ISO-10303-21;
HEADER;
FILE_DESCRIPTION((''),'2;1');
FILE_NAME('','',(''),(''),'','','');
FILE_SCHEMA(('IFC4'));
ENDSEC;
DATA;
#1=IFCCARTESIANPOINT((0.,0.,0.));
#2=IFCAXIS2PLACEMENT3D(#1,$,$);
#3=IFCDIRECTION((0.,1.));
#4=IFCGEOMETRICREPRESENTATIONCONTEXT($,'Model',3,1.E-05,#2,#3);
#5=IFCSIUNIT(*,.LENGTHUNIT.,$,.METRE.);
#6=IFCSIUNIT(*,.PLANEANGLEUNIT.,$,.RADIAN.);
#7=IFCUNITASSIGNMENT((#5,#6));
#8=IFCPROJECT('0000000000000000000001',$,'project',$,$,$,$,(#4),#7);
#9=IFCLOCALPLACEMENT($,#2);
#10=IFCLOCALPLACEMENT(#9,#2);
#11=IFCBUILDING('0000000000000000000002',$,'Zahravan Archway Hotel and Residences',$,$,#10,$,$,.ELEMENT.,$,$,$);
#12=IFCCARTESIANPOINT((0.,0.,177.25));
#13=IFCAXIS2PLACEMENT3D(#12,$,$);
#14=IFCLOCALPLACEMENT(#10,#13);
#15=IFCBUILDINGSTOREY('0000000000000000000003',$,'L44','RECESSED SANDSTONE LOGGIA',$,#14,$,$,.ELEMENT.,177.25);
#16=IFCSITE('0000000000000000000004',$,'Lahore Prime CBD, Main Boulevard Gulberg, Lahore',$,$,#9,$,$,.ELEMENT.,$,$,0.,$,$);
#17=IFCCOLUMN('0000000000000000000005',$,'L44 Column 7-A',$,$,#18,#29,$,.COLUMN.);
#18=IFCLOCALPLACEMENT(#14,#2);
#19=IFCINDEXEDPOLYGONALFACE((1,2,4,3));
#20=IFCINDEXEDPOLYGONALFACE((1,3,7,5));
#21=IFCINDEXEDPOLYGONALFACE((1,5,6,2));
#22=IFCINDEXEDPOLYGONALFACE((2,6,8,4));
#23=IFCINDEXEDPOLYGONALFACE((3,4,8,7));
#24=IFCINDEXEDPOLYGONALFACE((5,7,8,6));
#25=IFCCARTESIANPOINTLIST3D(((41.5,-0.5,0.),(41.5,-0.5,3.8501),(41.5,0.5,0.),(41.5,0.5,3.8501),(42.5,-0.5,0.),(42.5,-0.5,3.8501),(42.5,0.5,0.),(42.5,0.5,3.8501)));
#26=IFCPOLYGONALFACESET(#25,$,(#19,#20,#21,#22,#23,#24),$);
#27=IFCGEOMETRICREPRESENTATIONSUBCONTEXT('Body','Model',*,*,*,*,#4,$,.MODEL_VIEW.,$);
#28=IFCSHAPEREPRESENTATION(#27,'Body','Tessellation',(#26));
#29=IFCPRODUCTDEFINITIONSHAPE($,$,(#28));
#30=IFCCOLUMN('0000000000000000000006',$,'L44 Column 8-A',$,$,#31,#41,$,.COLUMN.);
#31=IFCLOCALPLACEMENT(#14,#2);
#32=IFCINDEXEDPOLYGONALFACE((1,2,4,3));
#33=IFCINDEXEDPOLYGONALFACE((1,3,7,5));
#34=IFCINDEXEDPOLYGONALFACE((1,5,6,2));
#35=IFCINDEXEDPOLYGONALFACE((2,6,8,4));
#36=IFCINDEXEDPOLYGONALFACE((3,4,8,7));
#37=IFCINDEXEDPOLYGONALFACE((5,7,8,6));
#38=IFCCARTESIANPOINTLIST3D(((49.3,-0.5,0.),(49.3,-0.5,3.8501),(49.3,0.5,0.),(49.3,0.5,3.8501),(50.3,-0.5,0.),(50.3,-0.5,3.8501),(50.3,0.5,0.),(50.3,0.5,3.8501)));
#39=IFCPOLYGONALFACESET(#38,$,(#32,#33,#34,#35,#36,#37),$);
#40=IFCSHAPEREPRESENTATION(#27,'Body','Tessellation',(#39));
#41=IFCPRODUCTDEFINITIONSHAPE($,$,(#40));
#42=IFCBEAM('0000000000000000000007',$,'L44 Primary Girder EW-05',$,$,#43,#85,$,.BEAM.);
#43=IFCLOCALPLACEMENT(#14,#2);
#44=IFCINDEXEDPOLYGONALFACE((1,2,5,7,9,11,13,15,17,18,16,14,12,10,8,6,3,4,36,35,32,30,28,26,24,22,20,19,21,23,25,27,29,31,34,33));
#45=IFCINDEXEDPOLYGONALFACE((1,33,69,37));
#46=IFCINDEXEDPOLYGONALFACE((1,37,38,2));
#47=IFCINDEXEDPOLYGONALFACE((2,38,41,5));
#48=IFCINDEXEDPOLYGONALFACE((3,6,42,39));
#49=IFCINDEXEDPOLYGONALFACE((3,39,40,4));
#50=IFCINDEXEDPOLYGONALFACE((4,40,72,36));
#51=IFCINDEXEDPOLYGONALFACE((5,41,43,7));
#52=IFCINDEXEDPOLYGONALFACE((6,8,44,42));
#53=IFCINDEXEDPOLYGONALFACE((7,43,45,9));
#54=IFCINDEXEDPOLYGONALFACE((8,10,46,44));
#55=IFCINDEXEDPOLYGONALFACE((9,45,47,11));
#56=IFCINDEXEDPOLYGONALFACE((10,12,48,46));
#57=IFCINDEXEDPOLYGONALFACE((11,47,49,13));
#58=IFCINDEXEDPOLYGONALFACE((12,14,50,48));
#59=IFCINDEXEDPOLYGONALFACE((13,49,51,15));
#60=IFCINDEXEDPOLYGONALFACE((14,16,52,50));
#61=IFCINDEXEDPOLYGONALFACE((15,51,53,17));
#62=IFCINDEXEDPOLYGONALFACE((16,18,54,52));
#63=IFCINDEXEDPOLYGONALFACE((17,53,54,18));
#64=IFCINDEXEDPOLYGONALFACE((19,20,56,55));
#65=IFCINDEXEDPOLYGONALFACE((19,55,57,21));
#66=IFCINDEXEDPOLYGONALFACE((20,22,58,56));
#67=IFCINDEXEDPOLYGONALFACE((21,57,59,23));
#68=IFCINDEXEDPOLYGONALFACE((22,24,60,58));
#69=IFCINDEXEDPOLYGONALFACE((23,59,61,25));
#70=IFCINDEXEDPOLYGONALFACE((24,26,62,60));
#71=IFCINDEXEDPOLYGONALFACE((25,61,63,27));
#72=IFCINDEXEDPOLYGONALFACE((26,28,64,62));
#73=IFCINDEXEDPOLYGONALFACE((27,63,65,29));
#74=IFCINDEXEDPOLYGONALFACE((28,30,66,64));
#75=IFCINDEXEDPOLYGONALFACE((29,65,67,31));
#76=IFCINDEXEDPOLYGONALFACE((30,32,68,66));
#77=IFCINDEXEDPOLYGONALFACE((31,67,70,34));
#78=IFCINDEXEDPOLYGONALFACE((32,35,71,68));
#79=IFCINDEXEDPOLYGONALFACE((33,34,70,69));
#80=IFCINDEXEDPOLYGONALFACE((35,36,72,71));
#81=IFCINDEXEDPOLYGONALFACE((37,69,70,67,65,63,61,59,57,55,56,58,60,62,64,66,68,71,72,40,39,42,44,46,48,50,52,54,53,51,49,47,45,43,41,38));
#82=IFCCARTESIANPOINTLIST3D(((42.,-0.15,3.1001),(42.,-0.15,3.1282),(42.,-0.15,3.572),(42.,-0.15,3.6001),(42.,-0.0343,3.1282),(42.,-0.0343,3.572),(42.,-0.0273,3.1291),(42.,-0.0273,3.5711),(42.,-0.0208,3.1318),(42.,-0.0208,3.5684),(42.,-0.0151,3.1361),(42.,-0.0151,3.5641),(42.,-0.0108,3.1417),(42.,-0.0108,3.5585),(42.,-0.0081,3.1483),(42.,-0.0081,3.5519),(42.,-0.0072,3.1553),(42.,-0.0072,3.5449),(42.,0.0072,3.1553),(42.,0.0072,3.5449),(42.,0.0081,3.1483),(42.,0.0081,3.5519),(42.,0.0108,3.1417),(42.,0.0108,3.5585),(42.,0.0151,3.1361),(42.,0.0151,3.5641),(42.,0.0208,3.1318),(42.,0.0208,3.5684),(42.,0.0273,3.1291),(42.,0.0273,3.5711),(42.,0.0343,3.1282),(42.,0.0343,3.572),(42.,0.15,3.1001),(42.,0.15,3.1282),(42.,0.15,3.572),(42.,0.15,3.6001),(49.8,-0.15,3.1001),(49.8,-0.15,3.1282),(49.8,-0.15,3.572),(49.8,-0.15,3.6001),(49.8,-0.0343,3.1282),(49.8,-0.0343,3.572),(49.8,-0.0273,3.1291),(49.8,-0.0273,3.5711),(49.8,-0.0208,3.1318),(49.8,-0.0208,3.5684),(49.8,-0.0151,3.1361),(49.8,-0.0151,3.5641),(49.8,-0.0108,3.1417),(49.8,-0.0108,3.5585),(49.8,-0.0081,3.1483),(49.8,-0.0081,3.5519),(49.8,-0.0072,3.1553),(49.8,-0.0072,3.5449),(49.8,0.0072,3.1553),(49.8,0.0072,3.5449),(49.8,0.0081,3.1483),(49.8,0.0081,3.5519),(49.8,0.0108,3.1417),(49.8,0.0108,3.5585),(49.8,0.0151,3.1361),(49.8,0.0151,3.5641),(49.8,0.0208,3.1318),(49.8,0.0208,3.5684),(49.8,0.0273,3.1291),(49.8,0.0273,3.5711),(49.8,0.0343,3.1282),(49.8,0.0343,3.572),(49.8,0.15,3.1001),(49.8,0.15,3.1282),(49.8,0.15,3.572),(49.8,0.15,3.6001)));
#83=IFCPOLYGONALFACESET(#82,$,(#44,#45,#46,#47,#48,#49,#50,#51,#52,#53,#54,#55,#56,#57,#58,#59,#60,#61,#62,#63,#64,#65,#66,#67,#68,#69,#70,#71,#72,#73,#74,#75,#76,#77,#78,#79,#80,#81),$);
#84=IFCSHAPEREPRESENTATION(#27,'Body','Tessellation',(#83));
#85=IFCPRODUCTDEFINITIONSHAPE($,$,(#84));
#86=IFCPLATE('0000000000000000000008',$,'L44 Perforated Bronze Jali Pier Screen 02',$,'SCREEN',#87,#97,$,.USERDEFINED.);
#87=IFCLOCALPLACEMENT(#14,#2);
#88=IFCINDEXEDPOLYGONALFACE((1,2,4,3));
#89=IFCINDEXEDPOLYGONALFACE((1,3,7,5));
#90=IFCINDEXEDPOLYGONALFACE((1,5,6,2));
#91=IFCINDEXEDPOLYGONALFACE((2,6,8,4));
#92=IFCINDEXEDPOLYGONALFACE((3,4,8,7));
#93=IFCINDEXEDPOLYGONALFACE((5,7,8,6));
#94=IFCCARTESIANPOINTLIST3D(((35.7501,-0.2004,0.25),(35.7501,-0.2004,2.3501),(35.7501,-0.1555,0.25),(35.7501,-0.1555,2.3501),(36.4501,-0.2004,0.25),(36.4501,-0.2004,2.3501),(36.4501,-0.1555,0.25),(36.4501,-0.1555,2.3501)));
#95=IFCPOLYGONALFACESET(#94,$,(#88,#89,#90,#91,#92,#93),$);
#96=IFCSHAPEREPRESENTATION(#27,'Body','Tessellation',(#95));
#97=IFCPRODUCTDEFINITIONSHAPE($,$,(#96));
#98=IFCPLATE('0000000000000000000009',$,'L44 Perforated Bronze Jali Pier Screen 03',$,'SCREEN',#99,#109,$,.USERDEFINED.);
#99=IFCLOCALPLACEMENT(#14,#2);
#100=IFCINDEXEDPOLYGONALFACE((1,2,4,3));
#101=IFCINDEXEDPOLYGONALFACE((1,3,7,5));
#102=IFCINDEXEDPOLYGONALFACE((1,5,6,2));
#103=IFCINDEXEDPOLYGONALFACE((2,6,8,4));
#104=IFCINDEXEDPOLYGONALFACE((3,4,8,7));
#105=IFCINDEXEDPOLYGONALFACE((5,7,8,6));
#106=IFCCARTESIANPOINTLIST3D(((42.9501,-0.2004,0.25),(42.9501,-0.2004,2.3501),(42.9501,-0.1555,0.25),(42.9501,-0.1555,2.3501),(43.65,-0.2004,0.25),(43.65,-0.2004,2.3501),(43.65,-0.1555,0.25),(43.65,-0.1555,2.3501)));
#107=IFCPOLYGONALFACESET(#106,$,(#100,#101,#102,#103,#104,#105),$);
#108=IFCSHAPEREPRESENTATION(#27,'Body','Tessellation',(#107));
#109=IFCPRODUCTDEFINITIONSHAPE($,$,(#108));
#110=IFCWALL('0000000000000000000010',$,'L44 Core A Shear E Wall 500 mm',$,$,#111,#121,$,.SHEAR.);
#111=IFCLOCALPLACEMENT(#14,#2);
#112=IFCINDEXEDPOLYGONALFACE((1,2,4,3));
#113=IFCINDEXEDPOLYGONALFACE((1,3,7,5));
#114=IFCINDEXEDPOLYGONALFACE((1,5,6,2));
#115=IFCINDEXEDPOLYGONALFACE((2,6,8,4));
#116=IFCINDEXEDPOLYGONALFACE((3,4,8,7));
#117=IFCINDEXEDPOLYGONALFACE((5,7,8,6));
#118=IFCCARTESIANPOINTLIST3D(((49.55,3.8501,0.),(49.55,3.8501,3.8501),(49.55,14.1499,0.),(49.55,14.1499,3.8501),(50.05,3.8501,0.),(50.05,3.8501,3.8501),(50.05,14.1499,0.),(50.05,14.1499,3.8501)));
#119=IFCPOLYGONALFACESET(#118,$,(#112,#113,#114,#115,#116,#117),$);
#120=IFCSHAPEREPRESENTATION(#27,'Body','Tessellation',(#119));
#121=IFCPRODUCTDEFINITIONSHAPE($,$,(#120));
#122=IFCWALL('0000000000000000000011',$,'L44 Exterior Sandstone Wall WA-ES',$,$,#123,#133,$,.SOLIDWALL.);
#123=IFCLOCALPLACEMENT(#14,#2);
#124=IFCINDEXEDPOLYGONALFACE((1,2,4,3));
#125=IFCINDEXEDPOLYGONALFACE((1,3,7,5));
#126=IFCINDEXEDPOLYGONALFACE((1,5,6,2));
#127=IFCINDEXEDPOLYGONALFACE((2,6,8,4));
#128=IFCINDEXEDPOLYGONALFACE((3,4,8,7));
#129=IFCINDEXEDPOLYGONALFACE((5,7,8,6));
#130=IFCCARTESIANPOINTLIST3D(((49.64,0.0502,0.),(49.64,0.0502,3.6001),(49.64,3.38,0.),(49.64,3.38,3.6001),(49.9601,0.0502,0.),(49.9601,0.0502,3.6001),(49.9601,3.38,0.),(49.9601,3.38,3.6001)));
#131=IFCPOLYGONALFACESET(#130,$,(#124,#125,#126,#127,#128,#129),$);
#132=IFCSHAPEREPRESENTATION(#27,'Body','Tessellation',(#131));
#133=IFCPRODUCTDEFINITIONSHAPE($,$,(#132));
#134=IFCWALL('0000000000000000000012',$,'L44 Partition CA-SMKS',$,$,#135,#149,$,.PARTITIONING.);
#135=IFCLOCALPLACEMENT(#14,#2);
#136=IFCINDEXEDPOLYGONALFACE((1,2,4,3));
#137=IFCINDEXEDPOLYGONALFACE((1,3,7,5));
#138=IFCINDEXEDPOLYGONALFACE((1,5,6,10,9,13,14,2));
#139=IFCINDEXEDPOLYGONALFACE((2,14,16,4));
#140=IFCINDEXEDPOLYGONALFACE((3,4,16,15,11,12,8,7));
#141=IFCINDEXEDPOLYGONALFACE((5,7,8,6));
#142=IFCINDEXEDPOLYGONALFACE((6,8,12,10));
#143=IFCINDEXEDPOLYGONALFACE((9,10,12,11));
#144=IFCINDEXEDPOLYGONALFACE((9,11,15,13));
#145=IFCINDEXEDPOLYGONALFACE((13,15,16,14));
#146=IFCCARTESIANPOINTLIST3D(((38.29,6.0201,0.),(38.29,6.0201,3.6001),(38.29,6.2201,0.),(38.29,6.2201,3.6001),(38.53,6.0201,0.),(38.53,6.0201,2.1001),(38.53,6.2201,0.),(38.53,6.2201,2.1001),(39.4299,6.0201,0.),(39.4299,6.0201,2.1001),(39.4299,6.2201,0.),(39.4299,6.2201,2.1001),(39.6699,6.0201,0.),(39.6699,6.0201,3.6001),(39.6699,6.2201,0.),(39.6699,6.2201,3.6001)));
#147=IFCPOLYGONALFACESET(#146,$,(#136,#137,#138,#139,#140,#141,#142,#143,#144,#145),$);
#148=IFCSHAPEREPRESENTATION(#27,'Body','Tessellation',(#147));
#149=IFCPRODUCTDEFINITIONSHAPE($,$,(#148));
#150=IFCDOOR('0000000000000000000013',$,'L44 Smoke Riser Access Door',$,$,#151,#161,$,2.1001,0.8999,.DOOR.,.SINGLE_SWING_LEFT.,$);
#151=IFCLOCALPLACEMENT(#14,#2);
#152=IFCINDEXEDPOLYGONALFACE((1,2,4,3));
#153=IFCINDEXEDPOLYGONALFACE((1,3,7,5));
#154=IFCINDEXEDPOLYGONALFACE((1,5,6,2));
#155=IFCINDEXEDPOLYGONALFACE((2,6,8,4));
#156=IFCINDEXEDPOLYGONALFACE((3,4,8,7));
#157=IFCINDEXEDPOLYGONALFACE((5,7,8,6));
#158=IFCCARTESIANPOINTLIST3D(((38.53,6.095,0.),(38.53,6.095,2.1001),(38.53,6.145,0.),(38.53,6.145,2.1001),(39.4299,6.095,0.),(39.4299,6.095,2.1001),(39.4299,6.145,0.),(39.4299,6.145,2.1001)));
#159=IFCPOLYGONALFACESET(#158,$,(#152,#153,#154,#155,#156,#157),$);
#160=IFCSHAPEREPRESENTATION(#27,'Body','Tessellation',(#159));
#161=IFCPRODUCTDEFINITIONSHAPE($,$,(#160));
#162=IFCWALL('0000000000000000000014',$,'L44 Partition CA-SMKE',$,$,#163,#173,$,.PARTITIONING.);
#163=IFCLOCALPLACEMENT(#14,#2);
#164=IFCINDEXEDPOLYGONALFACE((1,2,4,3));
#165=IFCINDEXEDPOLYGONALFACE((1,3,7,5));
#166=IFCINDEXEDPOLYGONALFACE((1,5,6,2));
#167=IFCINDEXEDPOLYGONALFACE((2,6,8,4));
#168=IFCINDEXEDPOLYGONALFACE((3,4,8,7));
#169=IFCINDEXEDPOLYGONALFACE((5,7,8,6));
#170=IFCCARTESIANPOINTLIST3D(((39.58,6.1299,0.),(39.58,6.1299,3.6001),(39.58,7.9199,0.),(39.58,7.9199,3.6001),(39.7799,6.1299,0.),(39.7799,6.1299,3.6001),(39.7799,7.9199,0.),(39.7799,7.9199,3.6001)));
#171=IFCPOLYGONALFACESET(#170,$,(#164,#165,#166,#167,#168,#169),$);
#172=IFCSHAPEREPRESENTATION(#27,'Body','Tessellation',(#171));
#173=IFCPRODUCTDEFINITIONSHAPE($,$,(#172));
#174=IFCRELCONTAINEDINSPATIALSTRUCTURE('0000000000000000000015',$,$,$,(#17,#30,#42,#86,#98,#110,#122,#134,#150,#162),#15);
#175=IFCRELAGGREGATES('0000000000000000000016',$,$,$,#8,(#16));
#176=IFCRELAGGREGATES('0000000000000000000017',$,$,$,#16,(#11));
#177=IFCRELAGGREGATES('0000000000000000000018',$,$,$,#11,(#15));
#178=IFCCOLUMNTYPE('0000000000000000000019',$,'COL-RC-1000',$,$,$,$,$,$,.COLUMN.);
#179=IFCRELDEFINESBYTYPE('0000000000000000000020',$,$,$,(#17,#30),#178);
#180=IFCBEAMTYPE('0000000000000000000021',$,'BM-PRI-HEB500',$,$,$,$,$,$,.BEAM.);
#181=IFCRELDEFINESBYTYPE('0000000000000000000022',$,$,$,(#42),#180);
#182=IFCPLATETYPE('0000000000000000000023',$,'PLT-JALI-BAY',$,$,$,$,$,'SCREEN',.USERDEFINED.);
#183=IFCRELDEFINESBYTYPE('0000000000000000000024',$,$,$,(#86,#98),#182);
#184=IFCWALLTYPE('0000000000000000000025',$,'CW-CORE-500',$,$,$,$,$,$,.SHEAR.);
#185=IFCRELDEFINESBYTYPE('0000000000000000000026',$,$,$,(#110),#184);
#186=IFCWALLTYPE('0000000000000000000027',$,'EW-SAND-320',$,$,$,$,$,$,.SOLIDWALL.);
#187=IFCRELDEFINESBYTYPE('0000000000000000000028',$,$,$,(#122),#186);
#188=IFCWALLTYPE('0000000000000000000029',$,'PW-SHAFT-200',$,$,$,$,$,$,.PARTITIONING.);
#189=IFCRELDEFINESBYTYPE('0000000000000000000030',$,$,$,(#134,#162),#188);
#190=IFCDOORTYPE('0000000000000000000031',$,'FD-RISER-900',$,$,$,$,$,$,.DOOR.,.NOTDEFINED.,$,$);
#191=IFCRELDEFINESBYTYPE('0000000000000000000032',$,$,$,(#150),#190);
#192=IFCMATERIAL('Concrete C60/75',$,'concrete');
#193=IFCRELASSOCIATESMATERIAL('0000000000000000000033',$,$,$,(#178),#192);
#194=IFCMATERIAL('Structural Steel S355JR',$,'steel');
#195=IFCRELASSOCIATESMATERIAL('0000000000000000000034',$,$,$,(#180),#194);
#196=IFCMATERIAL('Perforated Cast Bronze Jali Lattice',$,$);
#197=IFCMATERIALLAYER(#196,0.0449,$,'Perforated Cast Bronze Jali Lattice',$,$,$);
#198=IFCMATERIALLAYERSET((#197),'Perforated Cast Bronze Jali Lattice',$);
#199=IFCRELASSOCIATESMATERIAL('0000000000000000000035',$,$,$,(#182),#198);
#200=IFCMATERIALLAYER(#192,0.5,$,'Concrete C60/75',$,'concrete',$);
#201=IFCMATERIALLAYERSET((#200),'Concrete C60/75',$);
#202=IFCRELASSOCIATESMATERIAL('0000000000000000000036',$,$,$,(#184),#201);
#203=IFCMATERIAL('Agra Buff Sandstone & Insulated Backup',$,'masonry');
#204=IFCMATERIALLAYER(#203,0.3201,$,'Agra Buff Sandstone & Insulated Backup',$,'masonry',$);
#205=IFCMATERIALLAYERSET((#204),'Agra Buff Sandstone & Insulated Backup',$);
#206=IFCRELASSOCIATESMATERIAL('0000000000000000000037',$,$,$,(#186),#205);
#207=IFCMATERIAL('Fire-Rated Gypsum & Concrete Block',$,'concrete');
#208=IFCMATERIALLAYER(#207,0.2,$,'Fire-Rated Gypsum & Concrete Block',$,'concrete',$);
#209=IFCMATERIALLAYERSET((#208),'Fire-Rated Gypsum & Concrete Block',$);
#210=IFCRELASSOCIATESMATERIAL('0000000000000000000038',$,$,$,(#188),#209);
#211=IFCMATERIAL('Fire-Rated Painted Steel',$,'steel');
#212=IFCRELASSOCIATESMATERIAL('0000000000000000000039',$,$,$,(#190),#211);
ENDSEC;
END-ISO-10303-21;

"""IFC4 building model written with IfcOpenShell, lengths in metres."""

from ifc_helpers import new_model, si_unit, direction, frame, frame_2d, origin, origin_2d, place, context, subcontext, project, spatial, rectangle, i_section, extrude, source, transform, mapped, material, layer, layer_set, material_profile, profile_set, type_object, type_shapes, element, fill, save


model = new_model("IFC4")

# Units and contexts
model_context = context("Model", 3, precision=1e-05, world=origin(), true_north=direction((0.0, 1.0)))
body_context = subcontext(model_context, "Body", "Model", "MODEL_VIEW")
ifc_project = project(units=[si_unit("LENGTHUNIT", "METRE"), si_unit("PLANEANGLEUNIT", "RADIAN")], contexts=[model_context])

# Site, building, storey
site_placement = place(None, origin())
site = spatial("IfcSite", under=ifc_project, at=site_placement, Name="Lahore Prime CBD, Main Boulevard Gulberg, Lahore", CompositionType="ELEMENT", RefElevation=0.0)
building_placement = place(site_placement, origin())
building = spatial("IfcBuilding", under=site, at=building_placement, Name="Zahravan Archway Hotel and Residences", CompositionType="ELEMENT")
storey_placement = place(building_placement, frame((0.0, 0.0, 177.25)))
storey = spatial("IfcBuildingStorey", under=building, at=storey_placement, Name="L44", Description="RECESSED SANDSTONE LOGGIA", CompositionType="ELEMENT", Elevation=177.25)

# Columns
ifc_material_1 = material(Name="Concrete C60/75", Category="concrete")
ifc_material_profile_1 = material_profile(ifc_material_1, rectangle(XDim=1.0, YDim=1.0, at=origin_2d()), Name="RC-COL-1000x1000", Category="concrete")
ifc_profile_set_1 = profile_set([ifc_material_profile_1], Name="Concrete C60/75")
column_type = type_object("IfcColumnType", Name="COL-RC-1000", PredefinedType="COLUMN", material=ifc_profile_set_1)
shared_shape_1 = source(origin(), body_context, "Body", "SweptSolid", [
    extrude(rectangle(XDim=1.0, YDim=1.0, at=origin_2d()), origin(), (0.0, 0.0, 1.0), 3.8501),
])
for number, where, z_axis, x_axis, name in (
    (1, (42.0, 0.0, 0.0), (0.0, 0.0, 1.0), (1.0, 0.0, 0.0), "L44 Column 7-A"),
    (2, (49.8, 0.0, 0.0), (0.0, 0.0, 1.0), (1.0, 0.0, 0.0), "L44 Column 8-A"),
):
    element("IfcColumn", number, at=place(storey_placement, frame(where, z_axis=z_axis, x_axis=x_axis)), inside=storey, type_object=column_type, Name=name, PredefinedType="COLUMN", context=body_context, shape_type="MappedRepresentation", body=[
        mapped(shared_shape_1, transform((0.0, 0.0, 0.0), scale=1.0)),
    ])

# Beam
ifc_material_2 = material(Name="Structural Steel S355JR", Category="steel")
ifc_material_profile_2 = material_profile(ifc_material_2, i_section(OverallWidth=0.3, OverallDepth=0.5, WebThickness=0.0144, FlangeThickness=0.0281, FilletRadius=0.0271, at=origin_2d()), Name="HEB 500", Category="steel")
ifc_profile_set_2 = profile_set([ifc_material_profile_2], Name="Structural Steel S355JR")
beam_type = type_object("IfcBeamType", Name="BM-PRI-HEB500", PredefinedType="BEAM", material=ifc_profile_set_2)
shared_shape_2 = source(origin(), body_context, "Body", "SweptSolid", [
    extrude(i_section(OverallWidth=0.3, OverallDepth=0.5, WebThickness=0.0144, FlangeThickness=0.0281, FilletRadius=0.0271, at=origin_2d()), origin(), (0.0, 0.0, 1.0), 7.8),
])
beam_placement = place(storey_placement, frame((42.0, 0.0, 3.3501), z_axis=(1.0, 0.0, 0.0), x_axis=(0.0, 1.0, 0.0)))
element("IfcBeam", 3, at=beam_placement, inside=storey, type_object=beam_type, Name="L44 Primary Girder EW-05", PredefinedType="BEAM", context=body_context, shape_type="MappedRepresentation", body=[
    mapped(shared_shape_2, transform((0.0, 0.0, 0.0), scale=1.0)),
])

# Plates
ifc_material_3 = material(Name="Perforated Cast Bronze Jali Lattice")
ifc_layer_1 = layer(ifc_material_3, 0.0449, Name="Perforated Cast Bronze Jali Lattice")
ifc_layer_set_1 = layer_set([ifc_layer_1], Name="Perforated Cast Bronze Jali Lattice")
plate_type = type_object("IfcPlateType", Name="PLT-JALI-BAY", ElementType="SCREEN", PredefinedType="USERDEFINED", material=ifc_layer_set_1)
shared_shape_3 = source(origin(), body_context, "Body", "SweptSolid", [
    extrude(rectangle(XDim=0.7, YDim=0.0449, at=origin_2d()), origin(), (0.0, 0.0, 1.0), 2.1001),
])
type_shapes(plate_type, [shared_shape_3])
for number, where, z_axis, x_axis, name in (
    (4, (36.1001, -0.178, 0.25), (0.0, 0.0, 1.0), (1.0, 0.0, 0.0), "L44 Perforated Bronze Jali Pier Screen 02"),
    (5, (43.3, -0.178, 0.25), (0.0, 0.0, 1.0), (1.0, 0.0, 0.0), "L44 Perforated Bronze Jali Pier Screen 03"),
):
    element("IfcPlate", number, at=place(storey_placement, frame(where, z_axis=z_axis, x_axis=x_axis)), inside=storey, type_object=plate_type, Name=name, ObjectType="SCREEN", PredefinedType="USERDEFINED", context=body_context, shape_type="MappedRepresentation", body=[
        mapped(shared_shape_3, transform((0.0, 0.0, 0.0), scale=1.0)),
    ])

# Walls
ifc_layer_2 = layer(ifc_material_1, 0.5, Name="Concrete C60/75", Category="concrete")
ifc_layer_set_2 = layer_set([ifc_layer_2], Name="Concrete C60/75")
wall_type_1 = type_object("IfcWallType", Name="CW-CORE-500", PredefinedType="SHEAR", material=ifc_layer_set_2)
wall_1_placement = place(storey_placement, frame((49.8, 3.8501, 0.0), z_axis=(0.0, 0.0, 1.0), x_axis=(0.0, 1.0, 0.0)))
element("IfcWall", 6, at=wall_1_placement, inside=storey, type_object=wall_type_1, Name="L44 Core A Shear E Wall 500 mm", PredefinedType="SHEAR", context=body_context, shape_type="SweptSolid", body=[
    extrude(rectangle(XDim=10.2998, YDim=0.5, at=frame_2d((5.1499, 0.0))), origin(), (0.0, 0.0, 1.0), 3.8501),
])
ifc_material_4 = material(Name="Agra Buff Sandstone & Insulated Backup", Category="masonry")
ifc_layer_3 = layer(ifc_material_4, 0.3201, Name="Agra Buff Sandstone & Insulated Backup", Category="masonry")
ifc_layer_set_3 = layer_set([ifc_layer_3], Name="Agra Buff Sandstone & Insulated Backup")
wall_type_2 = type_object("IfcWallType", Name="EW-SAND-320", PredefinedType="SOLIDWALL", material=ifc_layer_set_3)
wall_2_placement = place(storey_placement, frame((49.8, 0.05, 0.0), z_axis=(0.0, 0.0, 1.0), x_axis=(0.0, 1.0, 0.0)))
element("IfcWall", 7, at=wall_2_placement, inside=storey, type_object=wall_type_2, Name="L44 Exterior Sandstone Wall WA-ES", PredefinedType="SOLIDWALL", context=body_context, shape_type="SweptSolid", body=[
    extrude(rectangle(XDim=3.3298, YDim=0.3201, at=frame_2d((1.665, 0.0))), origin(), (0.0, 0.0, 1.0), 3.6001),
])

# Wall, opening, door
ifc_material_5 = material(Name="Fire-Rated Gypsum & Concrete Block", Category="concrete")
ifc_layer_4 = layer(ifc_material_5, 0.2, Name="Fire-Rated Gypsum & Concrete Block", Category="concrete")
ifc_layer_set_4 = layer_set([ifc_layer_4], Name="Fire-Rated Gypsum & Concrete Block")
wall_type_3 = type_object("IfcWallType", Name="PW-SHAFT-200", PredefinedType="PARTITIONING", material=ifc_layer_set_4)
wall_3_placement = place(storey_placement, frame((38.29, 6.1201, 0.0), z_axis=(0.0, 0.0, 1.0), x_axis=(1.0, 0.0, 0.0)))
wall_3 = element("IfcWall", 8, at=wall_3_placement, inside=storey, type_object=wall_type_3, Name="L44 Partition CA-SMKS", PredefinedType="PARTITIONING", context=body_context, shape_type="SweptSolid", body=[
    extrude(rectangle(XDim=1.3799, YDim=0.2, at=frame_2d((0.6899, 0.0))), origin(), (0.0, 0.0, 1.0), 3.6001),
])
opening_1_placement = place(wall_3_placement, frame((0.24, 0.0, 0.0)))
opening_1 = element("IfcOpeningElement", 9, at=opening_1_placement, cuts=wall_3, PredefinedType="OPENING", context=body_context, shape_type="SweptSolid", body=[
    extrude(rectangle(XDim=0.8999, YDim=2.1001, at=frame_2d((0.45, 1.05))), frame((0.0, 0.1099, 0.0), z_axis=(0.0, -1.0, 0.0), x_axis=(1.0, 0.0, 0.0)), (0.0, 0.0, 1.0), 0.22),
])
ifc_material_6 = material(Name="Fire-Rated Painted Steel", Category="steel")
door_type = type_object("IfcDoorType", Name="FD-RISER-900", OperationType="NOTDEFINED", PredefinedType="DOOR", material=ifc_material_6)
shared_shape_4 = source(origin(), body_context, "Body", "SweptSolid", [
    extrude(rectangle(XDim=0.8999, YDim=2.1001, at=frame_2d((0.45, 1.05))), frame((0.0, 0.0249, 0.0), z_axis=(0.0, -1.0, 0.0), x_axis=(1.0, 0.0, 0.0)), (0.0, 0.0, 1.0), 0.05),
])
type_shapes(door_type, [shared_shape_4])
door_1_placement = place(opening_1_placement, origin())
door_1 = element("IfcDoor", 10, at=door_1_placement, inside=storey, type_object=door_type, Name="L44 Smoke Riser Access Door", OperationType="SINGLE_SWING_LEFT", OverallHeight=2.1001, OverallWidth=0.8999, PredefinedType="DOOR", context=body_context, shape_type="MappedRepresentation", body=[
    mapped(shared_shape_4, transform((0.0, 0.0, 0.0), scale=1.0)),
])
fill(opening_1, door_1)

# Wall
wall_4_placement = place(storey_placement, frame((39.6799, 6.1299, 0.0), z_axis=(0.0, 0.0, 1.0), x_axis=(0.0, 1.0, 0.0)))
element("IfcWall", 11, at=wall_4_placement, inside=storey, type_object=wall_type_3, Name="L44 Partition CA-SMKE", PredefinedType="PARTITIONING", context=body_context, shape_type="SweptSolid", body=[
    extrude(rectangle(XDim=1.79, YDim=0.2, at=frame_2d((0.895, 0.0))), origin(), (0.0, 0.0, 1.0), 3.6001),
])

save(model, "model.ifc")
